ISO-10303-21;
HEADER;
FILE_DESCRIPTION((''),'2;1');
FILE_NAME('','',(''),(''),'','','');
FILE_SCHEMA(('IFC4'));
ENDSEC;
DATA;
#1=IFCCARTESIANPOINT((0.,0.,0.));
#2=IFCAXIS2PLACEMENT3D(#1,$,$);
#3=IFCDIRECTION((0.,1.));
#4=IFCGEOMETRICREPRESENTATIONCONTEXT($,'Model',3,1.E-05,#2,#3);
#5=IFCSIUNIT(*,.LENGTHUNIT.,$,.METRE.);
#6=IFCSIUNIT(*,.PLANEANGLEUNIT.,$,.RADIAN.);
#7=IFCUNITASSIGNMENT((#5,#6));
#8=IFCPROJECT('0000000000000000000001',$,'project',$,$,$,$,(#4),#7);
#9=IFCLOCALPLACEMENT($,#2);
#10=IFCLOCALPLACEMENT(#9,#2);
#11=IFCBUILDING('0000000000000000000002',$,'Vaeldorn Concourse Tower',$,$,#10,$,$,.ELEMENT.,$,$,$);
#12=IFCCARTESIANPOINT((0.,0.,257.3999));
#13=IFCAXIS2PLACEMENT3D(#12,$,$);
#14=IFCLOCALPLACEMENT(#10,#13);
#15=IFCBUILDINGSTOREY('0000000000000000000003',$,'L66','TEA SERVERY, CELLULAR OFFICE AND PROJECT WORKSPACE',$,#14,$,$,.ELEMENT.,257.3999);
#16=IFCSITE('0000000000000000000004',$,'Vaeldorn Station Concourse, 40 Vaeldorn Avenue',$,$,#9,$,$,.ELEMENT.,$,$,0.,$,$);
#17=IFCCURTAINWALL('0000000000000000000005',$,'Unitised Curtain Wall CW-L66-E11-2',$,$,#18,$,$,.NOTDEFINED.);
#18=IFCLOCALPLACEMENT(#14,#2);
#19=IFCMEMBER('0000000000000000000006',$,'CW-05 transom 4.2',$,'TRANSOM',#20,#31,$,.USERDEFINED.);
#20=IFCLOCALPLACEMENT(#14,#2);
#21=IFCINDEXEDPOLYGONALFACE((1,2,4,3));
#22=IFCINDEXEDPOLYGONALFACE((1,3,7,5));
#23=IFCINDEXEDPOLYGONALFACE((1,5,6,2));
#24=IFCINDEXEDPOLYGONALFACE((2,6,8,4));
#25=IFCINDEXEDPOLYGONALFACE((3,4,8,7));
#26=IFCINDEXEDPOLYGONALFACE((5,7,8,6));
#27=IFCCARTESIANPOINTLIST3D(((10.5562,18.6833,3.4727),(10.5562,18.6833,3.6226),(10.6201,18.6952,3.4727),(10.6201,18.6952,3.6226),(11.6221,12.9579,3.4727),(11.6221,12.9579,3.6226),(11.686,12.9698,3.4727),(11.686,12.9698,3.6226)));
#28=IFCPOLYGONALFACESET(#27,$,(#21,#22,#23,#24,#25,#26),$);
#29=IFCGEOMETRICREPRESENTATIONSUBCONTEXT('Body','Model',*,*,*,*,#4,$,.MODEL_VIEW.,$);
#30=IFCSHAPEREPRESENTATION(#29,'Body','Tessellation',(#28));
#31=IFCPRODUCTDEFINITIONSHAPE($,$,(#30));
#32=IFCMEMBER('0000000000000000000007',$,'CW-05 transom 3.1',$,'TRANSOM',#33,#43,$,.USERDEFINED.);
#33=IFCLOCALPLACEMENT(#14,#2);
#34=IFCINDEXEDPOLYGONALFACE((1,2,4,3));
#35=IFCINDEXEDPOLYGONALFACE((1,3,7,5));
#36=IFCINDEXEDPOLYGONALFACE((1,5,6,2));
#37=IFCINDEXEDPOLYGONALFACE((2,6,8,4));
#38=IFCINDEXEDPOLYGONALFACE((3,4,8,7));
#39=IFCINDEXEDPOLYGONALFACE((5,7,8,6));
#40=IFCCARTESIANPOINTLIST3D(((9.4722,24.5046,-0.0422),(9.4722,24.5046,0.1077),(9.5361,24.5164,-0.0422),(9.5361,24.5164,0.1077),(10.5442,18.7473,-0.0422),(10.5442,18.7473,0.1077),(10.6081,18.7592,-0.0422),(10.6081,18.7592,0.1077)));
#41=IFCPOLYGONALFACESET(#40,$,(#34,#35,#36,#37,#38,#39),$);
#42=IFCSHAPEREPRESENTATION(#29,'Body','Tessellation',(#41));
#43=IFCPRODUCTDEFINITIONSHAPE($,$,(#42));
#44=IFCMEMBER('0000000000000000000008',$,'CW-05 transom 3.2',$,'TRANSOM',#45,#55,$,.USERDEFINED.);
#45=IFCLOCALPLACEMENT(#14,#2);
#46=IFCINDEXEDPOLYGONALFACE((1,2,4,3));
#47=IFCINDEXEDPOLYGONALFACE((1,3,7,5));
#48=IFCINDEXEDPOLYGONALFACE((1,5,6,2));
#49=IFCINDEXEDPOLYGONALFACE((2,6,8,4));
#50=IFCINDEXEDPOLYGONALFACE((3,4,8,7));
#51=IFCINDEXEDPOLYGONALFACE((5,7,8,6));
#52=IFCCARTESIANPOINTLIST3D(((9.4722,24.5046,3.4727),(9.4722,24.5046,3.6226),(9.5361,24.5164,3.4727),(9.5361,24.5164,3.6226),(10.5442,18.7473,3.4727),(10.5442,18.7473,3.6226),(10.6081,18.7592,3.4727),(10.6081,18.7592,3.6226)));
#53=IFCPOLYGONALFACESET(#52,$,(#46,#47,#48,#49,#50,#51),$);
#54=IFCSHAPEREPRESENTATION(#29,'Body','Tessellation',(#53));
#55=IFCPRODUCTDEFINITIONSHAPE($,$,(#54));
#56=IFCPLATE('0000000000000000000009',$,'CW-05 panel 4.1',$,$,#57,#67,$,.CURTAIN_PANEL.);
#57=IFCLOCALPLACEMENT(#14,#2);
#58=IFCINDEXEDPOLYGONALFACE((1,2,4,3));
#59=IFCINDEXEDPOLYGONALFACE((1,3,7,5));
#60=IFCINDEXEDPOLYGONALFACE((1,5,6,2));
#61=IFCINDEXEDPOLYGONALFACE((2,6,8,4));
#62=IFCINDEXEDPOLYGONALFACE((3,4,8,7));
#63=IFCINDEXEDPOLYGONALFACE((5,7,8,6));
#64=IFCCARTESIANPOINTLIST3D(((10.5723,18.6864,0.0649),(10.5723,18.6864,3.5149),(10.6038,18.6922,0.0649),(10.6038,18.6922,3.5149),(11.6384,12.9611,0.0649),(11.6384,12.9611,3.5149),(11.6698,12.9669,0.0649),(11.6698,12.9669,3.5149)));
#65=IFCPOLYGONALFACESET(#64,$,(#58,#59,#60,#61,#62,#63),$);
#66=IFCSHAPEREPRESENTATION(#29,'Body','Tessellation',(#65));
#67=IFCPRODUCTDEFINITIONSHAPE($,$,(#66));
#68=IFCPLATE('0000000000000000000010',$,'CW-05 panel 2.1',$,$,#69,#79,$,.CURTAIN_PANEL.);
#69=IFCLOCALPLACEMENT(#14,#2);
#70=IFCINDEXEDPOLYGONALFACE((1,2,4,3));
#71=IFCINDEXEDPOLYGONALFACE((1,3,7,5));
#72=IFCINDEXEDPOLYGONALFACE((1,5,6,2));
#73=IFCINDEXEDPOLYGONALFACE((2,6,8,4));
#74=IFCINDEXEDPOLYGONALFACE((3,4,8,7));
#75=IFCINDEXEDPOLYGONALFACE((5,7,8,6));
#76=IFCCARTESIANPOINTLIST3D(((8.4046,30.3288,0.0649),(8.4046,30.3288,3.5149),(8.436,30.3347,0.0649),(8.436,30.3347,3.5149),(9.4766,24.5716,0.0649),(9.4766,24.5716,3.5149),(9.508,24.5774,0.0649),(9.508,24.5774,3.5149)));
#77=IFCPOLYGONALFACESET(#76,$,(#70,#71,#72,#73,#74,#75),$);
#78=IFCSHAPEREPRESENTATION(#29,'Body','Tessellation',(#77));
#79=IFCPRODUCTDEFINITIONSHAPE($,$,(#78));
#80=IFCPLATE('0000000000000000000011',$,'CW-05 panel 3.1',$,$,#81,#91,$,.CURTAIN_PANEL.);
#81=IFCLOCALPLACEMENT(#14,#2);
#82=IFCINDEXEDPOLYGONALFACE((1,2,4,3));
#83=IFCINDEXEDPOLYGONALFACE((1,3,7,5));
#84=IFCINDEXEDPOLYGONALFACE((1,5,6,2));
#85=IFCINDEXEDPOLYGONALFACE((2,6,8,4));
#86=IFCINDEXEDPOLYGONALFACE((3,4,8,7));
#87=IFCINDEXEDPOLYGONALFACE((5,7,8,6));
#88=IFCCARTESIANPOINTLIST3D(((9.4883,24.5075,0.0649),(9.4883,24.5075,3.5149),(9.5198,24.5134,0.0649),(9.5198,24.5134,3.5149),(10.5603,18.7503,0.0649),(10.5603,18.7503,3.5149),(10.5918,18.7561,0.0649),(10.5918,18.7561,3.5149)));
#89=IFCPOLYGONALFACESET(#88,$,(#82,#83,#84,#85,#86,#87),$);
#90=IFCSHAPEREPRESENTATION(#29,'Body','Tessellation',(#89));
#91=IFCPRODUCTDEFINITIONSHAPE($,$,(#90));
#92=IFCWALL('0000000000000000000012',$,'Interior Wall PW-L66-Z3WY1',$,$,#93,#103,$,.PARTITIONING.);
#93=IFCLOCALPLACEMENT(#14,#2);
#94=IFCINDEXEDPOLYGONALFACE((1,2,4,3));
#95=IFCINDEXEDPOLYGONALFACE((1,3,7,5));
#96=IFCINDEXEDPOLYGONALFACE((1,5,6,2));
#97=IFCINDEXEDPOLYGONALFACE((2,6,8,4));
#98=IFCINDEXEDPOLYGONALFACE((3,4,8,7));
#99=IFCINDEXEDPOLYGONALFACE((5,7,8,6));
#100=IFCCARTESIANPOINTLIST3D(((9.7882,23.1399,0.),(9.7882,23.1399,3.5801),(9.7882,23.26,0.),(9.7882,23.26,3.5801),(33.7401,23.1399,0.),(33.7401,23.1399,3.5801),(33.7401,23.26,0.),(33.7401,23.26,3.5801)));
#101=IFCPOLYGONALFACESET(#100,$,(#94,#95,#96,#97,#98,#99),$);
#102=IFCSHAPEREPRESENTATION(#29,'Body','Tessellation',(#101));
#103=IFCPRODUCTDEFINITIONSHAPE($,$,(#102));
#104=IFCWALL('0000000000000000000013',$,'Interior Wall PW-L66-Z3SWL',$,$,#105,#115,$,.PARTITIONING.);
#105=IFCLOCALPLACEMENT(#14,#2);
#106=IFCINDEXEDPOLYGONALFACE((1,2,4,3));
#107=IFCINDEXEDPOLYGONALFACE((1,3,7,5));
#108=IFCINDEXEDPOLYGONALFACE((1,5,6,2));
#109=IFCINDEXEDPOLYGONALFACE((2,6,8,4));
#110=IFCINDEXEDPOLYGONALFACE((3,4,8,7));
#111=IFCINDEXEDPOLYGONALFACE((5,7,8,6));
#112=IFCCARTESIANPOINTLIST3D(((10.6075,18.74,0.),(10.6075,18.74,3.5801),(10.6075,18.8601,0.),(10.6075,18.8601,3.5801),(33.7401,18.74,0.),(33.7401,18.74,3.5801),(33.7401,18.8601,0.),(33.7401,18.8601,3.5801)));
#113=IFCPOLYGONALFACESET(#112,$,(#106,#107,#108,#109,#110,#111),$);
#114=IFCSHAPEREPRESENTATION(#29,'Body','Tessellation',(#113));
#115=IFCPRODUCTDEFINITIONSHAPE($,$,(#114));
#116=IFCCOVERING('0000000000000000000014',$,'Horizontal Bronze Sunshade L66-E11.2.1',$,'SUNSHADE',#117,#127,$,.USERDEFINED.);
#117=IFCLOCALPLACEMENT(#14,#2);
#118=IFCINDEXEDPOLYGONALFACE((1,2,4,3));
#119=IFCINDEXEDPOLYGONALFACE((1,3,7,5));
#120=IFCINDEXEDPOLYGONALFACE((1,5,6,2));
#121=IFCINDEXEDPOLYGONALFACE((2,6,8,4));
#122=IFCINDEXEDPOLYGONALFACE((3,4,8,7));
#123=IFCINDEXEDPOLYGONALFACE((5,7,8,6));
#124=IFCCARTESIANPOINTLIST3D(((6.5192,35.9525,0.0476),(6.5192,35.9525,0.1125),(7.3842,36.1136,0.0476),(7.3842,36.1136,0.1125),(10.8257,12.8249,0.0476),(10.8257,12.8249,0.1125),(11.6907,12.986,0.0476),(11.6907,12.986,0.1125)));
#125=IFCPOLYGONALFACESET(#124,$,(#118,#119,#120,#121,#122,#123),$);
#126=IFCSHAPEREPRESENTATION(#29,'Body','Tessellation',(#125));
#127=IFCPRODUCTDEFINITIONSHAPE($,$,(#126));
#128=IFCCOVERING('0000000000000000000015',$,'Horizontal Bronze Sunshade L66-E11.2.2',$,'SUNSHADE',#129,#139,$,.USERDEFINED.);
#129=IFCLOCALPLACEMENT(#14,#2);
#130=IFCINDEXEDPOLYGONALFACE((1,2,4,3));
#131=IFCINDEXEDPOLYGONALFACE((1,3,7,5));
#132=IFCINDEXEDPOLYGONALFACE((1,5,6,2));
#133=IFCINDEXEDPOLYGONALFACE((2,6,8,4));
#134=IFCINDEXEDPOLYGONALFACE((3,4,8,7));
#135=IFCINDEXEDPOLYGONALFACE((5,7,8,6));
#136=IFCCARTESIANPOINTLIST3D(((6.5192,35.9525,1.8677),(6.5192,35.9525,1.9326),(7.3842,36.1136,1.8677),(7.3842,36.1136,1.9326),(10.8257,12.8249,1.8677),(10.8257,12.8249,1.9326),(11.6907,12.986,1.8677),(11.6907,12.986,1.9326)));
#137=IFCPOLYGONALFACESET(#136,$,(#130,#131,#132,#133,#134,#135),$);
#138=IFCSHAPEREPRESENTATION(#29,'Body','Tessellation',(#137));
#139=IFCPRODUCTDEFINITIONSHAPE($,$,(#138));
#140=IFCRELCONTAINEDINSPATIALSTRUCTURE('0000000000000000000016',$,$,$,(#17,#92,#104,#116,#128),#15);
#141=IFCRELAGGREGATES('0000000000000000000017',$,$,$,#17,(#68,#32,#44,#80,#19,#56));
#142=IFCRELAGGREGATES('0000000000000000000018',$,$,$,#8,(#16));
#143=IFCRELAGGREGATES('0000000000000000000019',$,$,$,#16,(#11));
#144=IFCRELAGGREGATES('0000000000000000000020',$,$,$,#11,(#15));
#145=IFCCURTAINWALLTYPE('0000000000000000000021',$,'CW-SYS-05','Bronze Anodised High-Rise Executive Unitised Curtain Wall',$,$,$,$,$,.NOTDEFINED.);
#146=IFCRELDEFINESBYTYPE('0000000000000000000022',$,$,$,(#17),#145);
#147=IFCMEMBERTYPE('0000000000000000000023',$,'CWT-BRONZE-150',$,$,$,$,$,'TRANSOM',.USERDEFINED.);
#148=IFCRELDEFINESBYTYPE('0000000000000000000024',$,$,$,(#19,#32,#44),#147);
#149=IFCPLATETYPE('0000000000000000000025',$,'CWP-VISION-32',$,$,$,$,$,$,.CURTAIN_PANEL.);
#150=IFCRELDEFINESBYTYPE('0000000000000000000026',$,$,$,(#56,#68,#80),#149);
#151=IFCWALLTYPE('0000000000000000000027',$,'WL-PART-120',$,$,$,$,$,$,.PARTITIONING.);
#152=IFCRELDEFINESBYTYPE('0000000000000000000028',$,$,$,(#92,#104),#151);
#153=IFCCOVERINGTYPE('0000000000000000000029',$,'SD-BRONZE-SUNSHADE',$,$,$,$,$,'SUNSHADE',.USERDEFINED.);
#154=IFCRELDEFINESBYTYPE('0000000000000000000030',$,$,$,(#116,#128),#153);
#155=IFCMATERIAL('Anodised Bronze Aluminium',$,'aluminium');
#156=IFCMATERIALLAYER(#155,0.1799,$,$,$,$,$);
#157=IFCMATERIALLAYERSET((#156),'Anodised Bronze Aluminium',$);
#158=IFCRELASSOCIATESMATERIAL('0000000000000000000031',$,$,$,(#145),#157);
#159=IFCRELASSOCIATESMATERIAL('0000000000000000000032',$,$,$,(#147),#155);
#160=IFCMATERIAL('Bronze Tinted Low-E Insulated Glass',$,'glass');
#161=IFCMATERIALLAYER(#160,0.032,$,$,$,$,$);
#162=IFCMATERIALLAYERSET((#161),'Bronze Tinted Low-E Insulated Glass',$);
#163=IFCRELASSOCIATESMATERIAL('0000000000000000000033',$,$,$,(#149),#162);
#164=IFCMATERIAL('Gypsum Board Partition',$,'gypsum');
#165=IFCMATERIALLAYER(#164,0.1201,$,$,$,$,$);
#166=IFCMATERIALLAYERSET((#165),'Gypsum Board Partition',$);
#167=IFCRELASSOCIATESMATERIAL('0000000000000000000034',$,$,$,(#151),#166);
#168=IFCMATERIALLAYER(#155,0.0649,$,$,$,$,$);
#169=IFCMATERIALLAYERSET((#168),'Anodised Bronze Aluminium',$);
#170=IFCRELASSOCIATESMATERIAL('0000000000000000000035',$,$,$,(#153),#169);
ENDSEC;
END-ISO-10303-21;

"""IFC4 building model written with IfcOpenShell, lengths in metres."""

from ifc_helpers import new_model, si_unit, direction, frame, frame_2d, origin, origin_2d, place, context, subcontext, project, spatial, rectangle, extrude, source, transform, mapped, material, layer, layer_set, material_profile, profile_set, type_object, element, aggregate, save


model = new_model("IFC4")

# Units and contexts
model_context = context("Model", 3, precision=1e-05, world=origin(), true_north=direction((0.0, 1.0)))
body_context = subcontext(model_context, "Body", "Model", "MODEL_VIEW")
ifc_project = project(units=[si_unit("LENGTHUNIT", "METRE"), si_unit("PLANEANGLEUNIT", "RADIAN")], contexts=[model_context])

# Site, building, storey
site_placement = place(None, origin())
site = spatial("IfcSite", under=ifc_project, at=site_placement, Name="Vaeldorn Station Concourse, 40 Vaeldorn Avenue", CompositionType="ELEMENT", RefElevation=0.0)
building_placement = place(site_placement, origin())
building = spatial("IfcBuilding", under=site, at=building_placement, Name="Vaeldorn Concourse Tower", CompositionType="ELEMENT")
storey_placement = place(building_placement, frame((0.0, 0.0, 257.3999)))
storey = spatial("IfcBuildingStorey", under=building, at=storey_placement, Name="L66", Description="TEA SERVERY, CELLULAR OFFICE AND PROJECT WORKSPACE", CompositionType="ELEMENT", Elevation=257.3999)

# Shared definitions
ifc_material_1 = material(Name="Anodised Bronze Aluminium", Category="aluminium")
ifc_layer_1 = layer(ifc_material_1, 0.1799)
ifc_layer_set_1 = layer_set([ifc_layer_1], Name="Anodised Bronze Aluminium")
curtain_wall_type = type_object("IfcCurtainWallType", Name="CW-SYS-05", Description="Bronze Anodised High-Rise Executive Unitised Curtain Wall", PredefinedType="NOTDEFINED", material=ifc_layer_set_1)
ifc_material_profile_1 = material_profile(ifc_material_1, rectangle(XDim=0.0649, YDim=0.1499, at=origin_2d()), Name="CWT 65x150")
ifc_profile_set_1 = profile_set([ifc_material_profile_1], Name="Anodised Bronze Aluminium")
member_type_1 = type_object("IfcMemberType", Name="CWT-BRONZE-150", ElementType="TRANSOM", PredefinedType="USERDEFINED", material=ifc_profile_set_1)

# Curtain wall
curtain_wall_1_placement = place(storey_placement, origin())
curtain_wall_1 = element("IfcCurtainWall", 1, at=curtain_wall_1_placement, inside=storey, type_object=curtain_wall_type, Name="Unitised Curtain Wall CW-L66-E11-2", PredefinedType="NOTDEFINED")

# Members
shared_shape_1 = source(origin(), body_context, "Body", "SweptSolid", [
    extrude(rectangle(XDim=0.0649, YDim=0.1499, at=origin_2d()), origin(), (0.0, 0.0, 1.0), 5.8237),
])
member_1_placement = place(storey_placement, frame((10.5881, 18.6892, 3.5476), z_axis=(0.18303, -0.983107, 0.0), x_axis=(0.983107, 0.18303, 0.0)))
member_1 = element("IfcMember", 2, at=member_1_placement, type_object=member_type_1, Name="CW-05 transom 4.2", ObjectType="TRANSOM", PredefinedType="USERDEFINED", context=body_context, shape_type="MappedRepresentation", body=[
    mapped(shared_shape_1, transform((0.0, 0.0, 0.0), scale=1.0)),
])
shared_shape_2 = source(origin(), body_context, "Body", "SweptSolid", [
    extrude(rectangle(XDim=0.0649, YDim=0.1499, at=origin_2d()), origin(), (0.0, 0.0, 1.0), 5.8562),
])
member_2_placement = place(storey_placement, frame((9.5042, 24.5105, 0.0327), z_axis=(0.183055, -0.983103, 0.0), x_axis=(0.983103, 0.183055, 0.0)))
member_2 = element("IfcMember", 3, at=member_2_placement, type_object=member_type_1, Name="CW-05 transom 3.1", ObjectType="TRANSOM", PredefinedType="USERDEFINED", context=body_context, shape_type="MappedRepresentation", body=[
    mapped(shared_shape_2, transform((0.0, 0.0, 0.0), scale=1.0)),
])
member_3_placement = place(storey_placement, frame((9.5042, 24.5105, 3.5476), z_axis=(0.183055, -0.983103, 0.0), x_axis=(0.983103, 0.183055, 0.0)))
member_3 = element("IfcMember", 4, at=member_3_placement, type_object=member_type_1, Name="CW-05 transom 3.2", ObjectType="TRANSOM", PredefinedType="USERDEFINED", context=body_context, shape_type="MappedRepresentation", body=[
    mapped(shared_shape_2, transform((0.0, 0.0, 0.0), scale=1.0)),
])

# Plates
ifc_material_2 = material(Name="Bronze Tinted Low-E Insulated Glass", Category="glass")
ifc_layer_2 = layer(ifc_material_2, 0.032)
ifc_layer_set_2 = layer_set([ifc_layer_2], Name="Bronze Tinted Low-E Insulated Glass")
plate_type = type_object("IfcPlateType", Name="CWP-VISION-32", PredefinedType="CURTAIN_PANEL", material=ifc_layer_set_2)
shared_shape_3 = source(origin(), body_context, "Body", "SweptSolid", [
    extrude(rectangle(XDim=5.8237, YDim=0.032, at=origin_2d()), origin(), (0.0, 0.0, 1.0), 3.45),
])
plate_1_placement = place(storey_placement, frame((11.1211, 15.8267, 0.0649), z_axis=(0.0, 0.0, 1.0), x_axis=(0.183055, -0.983103, 0.0)))
plate_1 = element("IfcPlate", 5, at=plate_1_placement, type_object=plate_type, Name="CW-05 panel 4.1", PredefinedType="CURTAIN_PANEL", context=body_context, shape_type="MappedRepresentation", body=[
    mapped(shared_shape_3, transform((0.0, 0.0, 0.0), scale=1.0)),
])
shared_shape_4 = source(origin(), body_context, "Body", "SweptSolid", [
    extrude(rectangle(XDim=5.8562, YDim=0.032, at=origin_2d()), origin(), (0.0, 0.0, 1.0), 3.45),
])
plate_2_placement = place(storey_placement, frame((8.9563, 27.4531, 0.0649), z_axis=(0.0, 0.0, 1.0), x_axis=(0.183055, -0.983103, 0.0)))
plate_2 = element("IfcPlate", 6, at=plate_2_placement, type_object=plate_type, Name="CW-05 panel 2.1", PredefinedType="CURTAIN_PANEL", context=body_context, shape_type="MappedRepresentation", body=[
    mapped(shared_shape_4, transform((0.0, 0.0, 0.0), scale=1.0)),
])
plate_3_placement = place(storey_placement, frame((10.04, 21.6318, 0.0649), z_axis=(0.0, 0.0, 1.0), x_axis=(0.183055, -0.983103, 0.0)))
plate_3 = element("IfcPlate", 7, at=plate_3_placement, type_object=plate_type, Name="CW-05 panel 3.1", PredefinedType="CURTAIN_PANEL", context=body_context, shape_type="MappedRepresentation", body=[
    mapped(shared_shape_4, transform((0.0, 0.0, 0.0), scale=1.0)),
])
aggregate(curtain_wall_1, [plate_2, member_2, member_3, plate_3, member_1, plate_1])

# Walls
ifc_material_3 = material(Name="Gypsum Board Partition", Category="gypsum")
ifc_layer_3 = layer(ifc_material_3, 0.1201)
ifc_layer_set_3 = layer_set([ifc_layer_3], Name="Gypsum Board Partition")
wall_type = type_object("IfcWallType", Name="WL-PART-120", PredefinedType="PARTITIONING", material=ifc_layer_set_3)
wall_1_placement = place(storey_placement, frame((9.7881, 23.2, 0.0), z_axis=(0.0, 0.0, 1.0), x_axis=(1.0, 0.0, 0.0)))
element("IfcWall", 8, at=wall_1_placement, inside=storey, type_object=wall_type, Name="Interior Wall PW-L66-Z3WY1", PredefinedType="PARTITIONING", context=body_context, shape_type="SweptSolid", body=[
    extrude(rectangle(XDim=23.9519, YDim=0.1201, at=frame_2d((11.9761, 0.0))), origin(), (0.0, 0.0, 1.0), 3.5801),
])
wall_2_placement = place(storey_placement, frame((10.6074, 18.8, 0.0), z_axis=(0.0, 0.0, 1.0), x_axis=(1.0, 0.0, 0.0)))
element("IfcWall", 9, at=wall_2_placement, inside=storey, type_object=wall_type, Name="Interior Wall PW-L66-Z3SWL", PredefinedType="PARTITIONING", context=body_context, shape_type="SweptSolid", body=[
    extrude(rectangle(XDim=23.1326, YDim=0.1201, at=frame_2d((11.5664, 0.0))), origin(), (0.0, 0.0, 1.0), 3.5801),
])

# Coverings
ifc_layer_4 = layer(ifc_material_1, 0.0649)
ifc_layer_set_4 = layer_set([ifc_layer_4], Name="Anodised Bronze Aluminium")
covering_type = type_object("IfcCoveringType", Name="SD-BRONZE-SUNSHADE", ElementType="SUNSHADE", PredefinedType="USERDEFINED", material=ifc_layer_set_4)
shared_shape_5 = source(origin(), body_context, "Body", "SweptSolid", [
    extrude(rectangle(XDim=23.5251, YDim=0.8799, at=origin_2d()), origin(), (0.0, 0.0, 1.0), 0.0649),
])
for number, where, z_axis, x_axis, name in (
    (10, (9.105, 24.4692, 0.0476), (0.0, 0.0, 1.0), (0.183059, -0.983102, 0.0), "Horizontal Bronze Sunshade L66-E11.2.1"),
    (11, (9.105, 24.4692, 1.8677), (0.0, 0.0, 1.0), (0.183059, -0.983102, 0.0), "Horizontal Bronze Sunshade L66-E11.2.2"),
):
    element("IfcCovering", number, at=place(storey_placement, frame(where, z_axis=z_axis, x_axis=x_axis)), inside=storey, type_object=covering_type, Name=name, ObjectType="SUNSHADE", PredefinedType="USERDEFINED", context=body_context, shape_type="MappedRepresentation", body=[
        mapped(shared_shape_5, transform((0.0, 0.0, 0.0), scale=1.0)),
    ])

save(model, "model.ifc")
